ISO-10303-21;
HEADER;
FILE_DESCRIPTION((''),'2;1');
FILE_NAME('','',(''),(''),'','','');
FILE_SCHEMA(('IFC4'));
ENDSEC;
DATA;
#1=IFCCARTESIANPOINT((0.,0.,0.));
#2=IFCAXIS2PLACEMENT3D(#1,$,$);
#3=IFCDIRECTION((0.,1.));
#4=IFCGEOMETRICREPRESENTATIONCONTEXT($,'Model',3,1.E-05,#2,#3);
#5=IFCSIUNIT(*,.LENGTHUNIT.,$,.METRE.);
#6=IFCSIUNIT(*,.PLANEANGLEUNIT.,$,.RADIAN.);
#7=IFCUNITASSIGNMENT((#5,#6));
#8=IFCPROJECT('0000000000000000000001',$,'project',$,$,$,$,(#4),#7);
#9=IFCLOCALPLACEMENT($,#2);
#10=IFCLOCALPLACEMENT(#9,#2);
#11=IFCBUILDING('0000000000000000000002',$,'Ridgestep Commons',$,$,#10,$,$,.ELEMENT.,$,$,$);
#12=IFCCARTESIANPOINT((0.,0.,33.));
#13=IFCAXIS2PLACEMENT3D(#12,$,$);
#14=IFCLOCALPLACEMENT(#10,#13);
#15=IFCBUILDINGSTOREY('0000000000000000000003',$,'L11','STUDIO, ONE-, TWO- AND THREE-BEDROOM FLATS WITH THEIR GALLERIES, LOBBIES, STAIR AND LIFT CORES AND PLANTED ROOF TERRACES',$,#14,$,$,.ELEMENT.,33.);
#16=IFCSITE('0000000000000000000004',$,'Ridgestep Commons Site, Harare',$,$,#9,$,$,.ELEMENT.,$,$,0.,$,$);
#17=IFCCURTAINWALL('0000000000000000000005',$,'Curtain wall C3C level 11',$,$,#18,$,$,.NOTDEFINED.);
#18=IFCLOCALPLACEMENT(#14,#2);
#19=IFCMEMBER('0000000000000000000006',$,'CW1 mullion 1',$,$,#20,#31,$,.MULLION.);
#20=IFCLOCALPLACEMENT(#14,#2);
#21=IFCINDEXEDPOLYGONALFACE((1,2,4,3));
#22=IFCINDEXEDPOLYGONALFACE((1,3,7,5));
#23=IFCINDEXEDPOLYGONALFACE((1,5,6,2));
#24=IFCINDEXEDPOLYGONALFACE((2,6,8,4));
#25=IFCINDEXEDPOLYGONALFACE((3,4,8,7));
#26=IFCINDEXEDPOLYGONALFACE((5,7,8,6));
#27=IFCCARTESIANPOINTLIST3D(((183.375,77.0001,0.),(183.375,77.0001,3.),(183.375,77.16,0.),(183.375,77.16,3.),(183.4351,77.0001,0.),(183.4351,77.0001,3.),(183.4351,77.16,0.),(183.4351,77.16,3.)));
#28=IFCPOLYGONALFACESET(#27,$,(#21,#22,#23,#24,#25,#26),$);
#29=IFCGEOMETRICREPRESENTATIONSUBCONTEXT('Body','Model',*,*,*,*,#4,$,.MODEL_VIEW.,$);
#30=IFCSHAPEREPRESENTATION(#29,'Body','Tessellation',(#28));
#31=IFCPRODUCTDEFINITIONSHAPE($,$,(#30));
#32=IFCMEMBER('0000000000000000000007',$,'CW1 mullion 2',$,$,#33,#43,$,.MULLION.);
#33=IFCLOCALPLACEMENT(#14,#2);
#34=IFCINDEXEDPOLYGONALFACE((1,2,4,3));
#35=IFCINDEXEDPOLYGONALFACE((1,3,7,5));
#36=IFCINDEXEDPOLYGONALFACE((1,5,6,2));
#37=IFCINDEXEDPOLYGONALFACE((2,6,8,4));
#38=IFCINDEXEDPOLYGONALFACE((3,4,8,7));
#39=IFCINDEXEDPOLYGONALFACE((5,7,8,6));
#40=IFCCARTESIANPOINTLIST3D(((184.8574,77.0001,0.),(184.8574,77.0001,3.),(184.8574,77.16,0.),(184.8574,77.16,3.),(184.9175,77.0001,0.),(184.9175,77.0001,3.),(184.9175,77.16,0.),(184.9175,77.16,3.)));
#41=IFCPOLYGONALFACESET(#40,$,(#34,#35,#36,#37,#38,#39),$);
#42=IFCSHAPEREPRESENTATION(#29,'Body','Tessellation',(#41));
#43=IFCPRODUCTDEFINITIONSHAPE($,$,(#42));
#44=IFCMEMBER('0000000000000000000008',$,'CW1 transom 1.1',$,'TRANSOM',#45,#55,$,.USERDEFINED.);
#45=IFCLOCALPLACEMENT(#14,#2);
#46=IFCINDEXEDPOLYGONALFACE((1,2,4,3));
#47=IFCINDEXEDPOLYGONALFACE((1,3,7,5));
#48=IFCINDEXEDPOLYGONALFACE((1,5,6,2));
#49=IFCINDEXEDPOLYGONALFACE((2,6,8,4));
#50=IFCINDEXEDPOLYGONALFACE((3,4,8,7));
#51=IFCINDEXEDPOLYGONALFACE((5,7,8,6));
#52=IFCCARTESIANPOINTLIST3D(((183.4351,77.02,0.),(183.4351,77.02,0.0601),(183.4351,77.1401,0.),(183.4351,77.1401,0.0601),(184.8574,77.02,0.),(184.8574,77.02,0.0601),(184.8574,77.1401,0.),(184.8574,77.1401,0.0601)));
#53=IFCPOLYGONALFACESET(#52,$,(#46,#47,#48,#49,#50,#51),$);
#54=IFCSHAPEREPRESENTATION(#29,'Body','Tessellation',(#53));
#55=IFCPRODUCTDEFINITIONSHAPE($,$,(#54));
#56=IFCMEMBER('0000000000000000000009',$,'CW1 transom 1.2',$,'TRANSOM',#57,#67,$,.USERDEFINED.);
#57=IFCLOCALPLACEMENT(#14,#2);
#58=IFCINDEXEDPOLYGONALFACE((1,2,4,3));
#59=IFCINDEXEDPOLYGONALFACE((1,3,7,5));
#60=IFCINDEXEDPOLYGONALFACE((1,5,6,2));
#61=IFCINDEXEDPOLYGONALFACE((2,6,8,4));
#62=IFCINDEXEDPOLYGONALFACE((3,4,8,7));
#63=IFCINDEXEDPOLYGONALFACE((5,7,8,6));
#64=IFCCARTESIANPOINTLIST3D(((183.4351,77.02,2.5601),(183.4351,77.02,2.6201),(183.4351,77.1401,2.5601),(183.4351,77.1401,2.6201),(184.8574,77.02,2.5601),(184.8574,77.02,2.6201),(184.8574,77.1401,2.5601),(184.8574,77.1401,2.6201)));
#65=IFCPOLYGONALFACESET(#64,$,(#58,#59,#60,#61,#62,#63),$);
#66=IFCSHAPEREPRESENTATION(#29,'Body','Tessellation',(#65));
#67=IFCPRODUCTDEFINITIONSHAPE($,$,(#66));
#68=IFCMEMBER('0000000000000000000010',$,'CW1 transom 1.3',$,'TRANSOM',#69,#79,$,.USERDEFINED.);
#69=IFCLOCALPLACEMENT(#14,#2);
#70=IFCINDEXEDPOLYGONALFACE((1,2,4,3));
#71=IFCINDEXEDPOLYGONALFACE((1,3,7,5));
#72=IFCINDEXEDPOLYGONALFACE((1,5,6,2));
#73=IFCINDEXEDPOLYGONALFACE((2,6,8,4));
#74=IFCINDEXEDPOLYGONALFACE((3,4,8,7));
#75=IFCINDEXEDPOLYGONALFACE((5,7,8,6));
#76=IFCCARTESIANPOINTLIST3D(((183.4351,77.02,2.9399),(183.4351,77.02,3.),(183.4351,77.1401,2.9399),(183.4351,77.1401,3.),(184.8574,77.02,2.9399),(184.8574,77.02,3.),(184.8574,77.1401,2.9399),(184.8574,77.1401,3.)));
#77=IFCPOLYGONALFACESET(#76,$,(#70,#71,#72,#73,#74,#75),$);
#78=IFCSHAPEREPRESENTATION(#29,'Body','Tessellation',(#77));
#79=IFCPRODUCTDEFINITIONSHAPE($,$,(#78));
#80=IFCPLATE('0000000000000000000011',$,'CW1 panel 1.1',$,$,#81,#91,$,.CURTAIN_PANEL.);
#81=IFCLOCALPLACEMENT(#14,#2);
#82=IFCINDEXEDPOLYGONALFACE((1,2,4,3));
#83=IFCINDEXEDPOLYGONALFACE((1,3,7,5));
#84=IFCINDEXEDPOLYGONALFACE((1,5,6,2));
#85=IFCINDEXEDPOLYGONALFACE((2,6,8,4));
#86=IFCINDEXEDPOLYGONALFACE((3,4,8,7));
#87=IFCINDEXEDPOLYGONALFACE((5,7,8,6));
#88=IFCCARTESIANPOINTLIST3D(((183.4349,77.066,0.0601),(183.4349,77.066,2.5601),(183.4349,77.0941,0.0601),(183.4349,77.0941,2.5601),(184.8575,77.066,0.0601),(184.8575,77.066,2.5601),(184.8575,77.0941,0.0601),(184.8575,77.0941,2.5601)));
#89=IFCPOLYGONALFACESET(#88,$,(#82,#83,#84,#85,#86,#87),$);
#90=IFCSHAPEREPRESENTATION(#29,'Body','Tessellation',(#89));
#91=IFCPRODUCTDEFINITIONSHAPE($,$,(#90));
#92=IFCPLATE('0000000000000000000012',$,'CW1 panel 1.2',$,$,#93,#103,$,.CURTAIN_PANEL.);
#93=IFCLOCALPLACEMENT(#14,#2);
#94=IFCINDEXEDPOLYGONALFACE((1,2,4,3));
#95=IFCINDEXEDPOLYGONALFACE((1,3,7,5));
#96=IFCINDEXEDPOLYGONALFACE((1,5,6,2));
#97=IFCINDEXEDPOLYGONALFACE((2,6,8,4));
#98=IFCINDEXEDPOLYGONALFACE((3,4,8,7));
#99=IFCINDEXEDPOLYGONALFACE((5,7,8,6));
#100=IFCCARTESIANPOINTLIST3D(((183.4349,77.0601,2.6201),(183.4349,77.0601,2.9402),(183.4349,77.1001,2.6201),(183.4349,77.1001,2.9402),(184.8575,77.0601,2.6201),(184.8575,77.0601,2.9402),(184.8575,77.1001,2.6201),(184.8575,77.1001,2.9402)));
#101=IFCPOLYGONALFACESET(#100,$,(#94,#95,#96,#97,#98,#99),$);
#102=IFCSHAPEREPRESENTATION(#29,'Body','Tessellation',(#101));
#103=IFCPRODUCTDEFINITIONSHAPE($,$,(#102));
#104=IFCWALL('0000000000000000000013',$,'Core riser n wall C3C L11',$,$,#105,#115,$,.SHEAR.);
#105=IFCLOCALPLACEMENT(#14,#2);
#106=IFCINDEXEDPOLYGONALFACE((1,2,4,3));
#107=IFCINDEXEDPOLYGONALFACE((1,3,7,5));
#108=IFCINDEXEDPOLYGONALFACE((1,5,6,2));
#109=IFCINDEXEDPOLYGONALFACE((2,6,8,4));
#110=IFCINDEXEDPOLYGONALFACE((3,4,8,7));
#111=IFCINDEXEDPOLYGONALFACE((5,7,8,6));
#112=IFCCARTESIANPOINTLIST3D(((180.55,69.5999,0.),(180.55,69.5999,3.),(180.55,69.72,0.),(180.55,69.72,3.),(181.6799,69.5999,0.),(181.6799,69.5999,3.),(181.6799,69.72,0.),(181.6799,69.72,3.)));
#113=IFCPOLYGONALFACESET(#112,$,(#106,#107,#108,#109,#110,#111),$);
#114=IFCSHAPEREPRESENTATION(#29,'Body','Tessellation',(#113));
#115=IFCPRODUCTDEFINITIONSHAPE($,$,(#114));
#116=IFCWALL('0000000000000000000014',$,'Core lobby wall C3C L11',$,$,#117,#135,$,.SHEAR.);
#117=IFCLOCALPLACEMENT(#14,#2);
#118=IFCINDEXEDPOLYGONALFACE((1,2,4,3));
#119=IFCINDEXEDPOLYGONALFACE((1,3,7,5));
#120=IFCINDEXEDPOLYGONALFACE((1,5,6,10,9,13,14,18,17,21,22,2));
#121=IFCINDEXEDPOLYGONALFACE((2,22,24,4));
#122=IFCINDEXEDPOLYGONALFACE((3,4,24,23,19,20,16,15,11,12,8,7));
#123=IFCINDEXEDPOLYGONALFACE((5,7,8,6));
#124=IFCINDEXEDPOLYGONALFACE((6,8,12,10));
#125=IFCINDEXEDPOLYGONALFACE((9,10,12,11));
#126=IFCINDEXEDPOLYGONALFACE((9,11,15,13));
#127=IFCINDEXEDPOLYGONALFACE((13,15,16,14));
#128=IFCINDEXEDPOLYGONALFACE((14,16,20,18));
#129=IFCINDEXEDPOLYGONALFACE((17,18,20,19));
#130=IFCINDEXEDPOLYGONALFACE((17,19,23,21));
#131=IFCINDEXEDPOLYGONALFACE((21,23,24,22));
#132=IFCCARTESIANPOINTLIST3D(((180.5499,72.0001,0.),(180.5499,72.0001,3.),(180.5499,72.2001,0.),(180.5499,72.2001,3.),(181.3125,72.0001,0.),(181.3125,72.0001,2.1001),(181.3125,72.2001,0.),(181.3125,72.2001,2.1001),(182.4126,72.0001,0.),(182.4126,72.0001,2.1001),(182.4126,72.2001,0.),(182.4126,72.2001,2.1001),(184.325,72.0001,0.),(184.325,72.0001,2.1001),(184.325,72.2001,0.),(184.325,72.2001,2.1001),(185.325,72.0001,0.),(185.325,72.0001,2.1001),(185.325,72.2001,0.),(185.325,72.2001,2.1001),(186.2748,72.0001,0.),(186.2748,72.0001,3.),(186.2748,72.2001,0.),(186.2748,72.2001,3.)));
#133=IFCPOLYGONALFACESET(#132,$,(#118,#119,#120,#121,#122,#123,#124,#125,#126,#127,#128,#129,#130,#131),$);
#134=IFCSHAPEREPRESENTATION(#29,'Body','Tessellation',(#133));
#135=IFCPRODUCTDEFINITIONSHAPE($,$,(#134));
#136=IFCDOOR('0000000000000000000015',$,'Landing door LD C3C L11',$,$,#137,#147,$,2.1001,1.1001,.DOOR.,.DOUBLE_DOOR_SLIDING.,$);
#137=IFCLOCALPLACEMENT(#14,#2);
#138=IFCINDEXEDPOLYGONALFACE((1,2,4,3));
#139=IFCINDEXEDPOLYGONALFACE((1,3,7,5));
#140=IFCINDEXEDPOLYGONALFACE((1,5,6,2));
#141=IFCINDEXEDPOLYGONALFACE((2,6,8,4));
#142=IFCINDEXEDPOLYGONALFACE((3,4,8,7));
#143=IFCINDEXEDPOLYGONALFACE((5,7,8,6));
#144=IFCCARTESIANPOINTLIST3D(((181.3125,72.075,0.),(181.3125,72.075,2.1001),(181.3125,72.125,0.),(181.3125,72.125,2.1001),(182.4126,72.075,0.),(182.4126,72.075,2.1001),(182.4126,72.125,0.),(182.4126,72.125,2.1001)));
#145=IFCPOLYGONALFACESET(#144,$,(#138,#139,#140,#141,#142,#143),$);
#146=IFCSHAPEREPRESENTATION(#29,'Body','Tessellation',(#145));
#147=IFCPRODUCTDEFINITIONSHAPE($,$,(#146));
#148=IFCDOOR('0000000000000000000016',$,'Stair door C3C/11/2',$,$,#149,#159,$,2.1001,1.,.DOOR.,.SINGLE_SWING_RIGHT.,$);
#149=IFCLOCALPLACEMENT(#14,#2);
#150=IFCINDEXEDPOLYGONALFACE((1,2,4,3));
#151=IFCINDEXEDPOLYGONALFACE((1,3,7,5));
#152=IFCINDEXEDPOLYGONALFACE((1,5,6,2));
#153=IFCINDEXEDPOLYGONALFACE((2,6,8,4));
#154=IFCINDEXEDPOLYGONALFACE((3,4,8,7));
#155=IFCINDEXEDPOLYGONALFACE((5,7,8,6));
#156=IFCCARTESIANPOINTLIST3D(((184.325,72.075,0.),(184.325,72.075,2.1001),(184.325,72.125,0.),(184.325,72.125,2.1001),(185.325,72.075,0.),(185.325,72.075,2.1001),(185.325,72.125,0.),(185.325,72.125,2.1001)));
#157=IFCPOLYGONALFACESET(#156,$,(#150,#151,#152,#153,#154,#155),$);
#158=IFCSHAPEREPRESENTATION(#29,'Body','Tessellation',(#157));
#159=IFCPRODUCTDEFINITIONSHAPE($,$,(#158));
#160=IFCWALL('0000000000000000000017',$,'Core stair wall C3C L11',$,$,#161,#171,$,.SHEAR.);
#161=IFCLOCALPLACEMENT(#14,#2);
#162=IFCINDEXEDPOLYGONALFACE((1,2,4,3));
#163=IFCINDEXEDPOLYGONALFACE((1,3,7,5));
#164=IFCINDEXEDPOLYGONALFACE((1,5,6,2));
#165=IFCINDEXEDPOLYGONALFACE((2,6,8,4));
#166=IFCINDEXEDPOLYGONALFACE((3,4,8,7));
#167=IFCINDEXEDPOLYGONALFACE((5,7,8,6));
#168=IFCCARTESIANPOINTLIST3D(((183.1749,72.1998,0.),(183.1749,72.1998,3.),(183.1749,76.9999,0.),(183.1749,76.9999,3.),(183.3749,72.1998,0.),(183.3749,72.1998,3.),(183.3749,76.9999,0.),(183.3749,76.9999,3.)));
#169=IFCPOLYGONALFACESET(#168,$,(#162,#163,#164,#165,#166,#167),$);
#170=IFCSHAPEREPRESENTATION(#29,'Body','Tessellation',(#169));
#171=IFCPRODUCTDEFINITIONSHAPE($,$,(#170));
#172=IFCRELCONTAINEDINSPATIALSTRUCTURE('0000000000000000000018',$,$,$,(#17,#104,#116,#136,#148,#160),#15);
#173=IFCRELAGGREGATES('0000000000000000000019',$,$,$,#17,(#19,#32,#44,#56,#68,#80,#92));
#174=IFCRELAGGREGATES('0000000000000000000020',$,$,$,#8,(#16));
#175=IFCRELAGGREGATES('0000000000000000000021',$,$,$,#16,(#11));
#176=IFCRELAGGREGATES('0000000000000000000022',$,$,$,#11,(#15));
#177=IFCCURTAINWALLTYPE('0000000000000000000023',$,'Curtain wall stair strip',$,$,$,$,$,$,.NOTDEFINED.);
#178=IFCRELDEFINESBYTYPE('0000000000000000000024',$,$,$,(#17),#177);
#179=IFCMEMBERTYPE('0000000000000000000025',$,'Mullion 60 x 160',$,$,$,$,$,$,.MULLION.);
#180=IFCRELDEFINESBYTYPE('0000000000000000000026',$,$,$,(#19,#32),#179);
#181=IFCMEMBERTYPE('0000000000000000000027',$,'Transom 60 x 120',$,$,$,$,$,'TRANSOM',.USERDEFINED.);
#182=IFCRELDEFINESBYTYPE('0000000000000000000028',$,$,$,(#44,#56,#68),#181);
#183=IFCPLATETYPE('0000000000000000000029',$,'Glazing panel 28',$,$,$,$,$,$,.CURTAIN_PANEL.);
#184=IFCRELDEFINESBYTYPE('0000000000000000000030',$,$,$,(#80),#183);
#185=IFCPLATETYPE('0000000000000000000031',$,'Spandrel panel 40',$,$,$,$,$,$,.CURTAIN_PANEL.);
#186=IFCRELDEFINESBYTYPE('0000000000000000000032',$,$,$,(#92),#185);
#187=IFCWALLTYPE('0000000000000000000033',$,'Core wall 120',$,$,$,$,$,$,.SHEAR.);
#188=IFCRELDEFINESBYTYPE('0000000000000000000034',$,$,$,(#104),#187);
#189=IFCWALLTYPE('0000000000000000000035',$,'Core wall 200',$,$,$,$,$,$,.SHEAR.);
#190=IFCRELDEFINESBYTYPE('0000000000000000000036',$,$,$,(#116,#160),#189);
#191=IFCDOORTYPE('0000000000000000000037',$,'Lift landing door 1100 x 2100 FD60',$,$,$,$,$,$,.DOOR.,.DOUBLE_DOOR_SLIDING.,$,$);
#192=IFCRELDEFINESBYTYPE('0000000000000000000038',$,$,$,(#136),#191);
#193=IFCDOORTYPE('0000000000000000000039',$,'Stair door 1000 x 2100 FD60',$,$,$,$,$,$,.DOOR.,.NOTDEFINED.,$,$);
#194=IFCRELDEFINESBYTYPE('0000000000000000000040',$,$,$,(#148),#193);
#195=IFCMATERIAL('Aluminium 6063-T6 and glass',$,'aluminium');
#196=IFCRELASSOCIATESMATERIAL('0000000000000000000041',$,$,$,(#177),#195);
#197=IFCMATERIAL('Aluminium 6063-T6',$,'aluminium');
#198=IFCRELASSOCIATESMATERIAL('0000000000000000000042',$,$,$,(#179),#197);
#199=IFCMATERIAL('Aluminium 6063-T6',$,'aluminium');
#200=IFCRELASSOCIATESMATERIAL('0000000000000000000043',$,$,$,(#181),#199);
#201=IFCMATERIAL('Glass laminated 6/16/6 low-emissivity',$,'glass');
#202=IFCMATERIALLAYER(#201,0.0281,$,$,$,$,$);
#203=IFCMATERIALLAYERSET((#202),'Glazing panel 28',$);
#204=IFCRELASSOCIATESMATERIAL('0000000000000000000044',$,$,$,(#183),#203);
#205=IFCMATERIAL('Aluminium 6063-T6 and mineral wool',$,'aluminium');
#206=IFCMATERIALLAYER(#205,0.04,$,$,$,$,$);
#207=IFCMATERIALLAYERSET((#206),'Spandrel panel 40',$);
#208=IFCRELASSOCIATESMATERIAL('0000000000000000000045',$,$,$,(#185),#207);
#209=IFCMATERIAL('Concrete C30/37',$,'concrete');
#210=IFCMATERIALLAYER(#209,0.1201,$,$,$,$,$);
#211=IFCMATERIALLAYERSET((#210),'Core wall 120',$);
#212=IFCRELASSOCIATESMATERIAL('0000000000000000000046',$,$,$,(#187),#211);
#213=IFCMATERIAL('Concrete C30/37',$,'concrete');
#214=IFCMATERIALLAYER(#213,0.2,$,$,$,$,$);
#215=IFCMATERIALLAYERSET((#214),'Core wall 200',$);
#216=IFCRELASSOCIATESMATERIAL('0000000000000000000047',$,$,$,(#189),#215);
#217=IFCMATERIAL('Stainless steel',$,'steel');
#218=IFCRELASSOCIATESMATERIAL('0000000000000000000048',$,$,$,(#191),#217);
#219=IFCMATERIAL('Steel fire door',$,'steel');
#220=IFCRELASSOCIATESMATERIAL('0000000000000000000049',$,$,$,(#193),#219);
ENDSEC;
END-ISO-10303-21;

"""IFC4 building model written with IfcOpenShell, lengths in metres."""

from ifc_helpers import new_model, si_unit, direction, frame, frame_2d, origin, origin_2d, place, context, subcontext, project, spatial, rectangle, extrude, material, layer, layer_set, material_profile, profile_set, type_object, element, fill, aggregate, save


model = new_model("IFC4")

# Units and contexts
model_context = context("Model", 3, precision=1e-05, world=origin(), true_north=direction((0.0, 1.0)))
body_context = subcontext(model_context, "Body", "Model", "MODEL_VIEW")
ifc_project = project(units=[si_unit("LENGTHUNIT", "METRE"), si_unit("PLANEANGLEUNIT", "RADIAN")], contexts=[model_context])

# Site, building, storey
site_placement = place(None, origin())
site = spatial("IfcSite", under=ifc_project, at=site_placement, Name="Ridgestep Commons Site, Harare", CompositionType="ELEMENT", RefElevation=0.0)
building_placement = place(site_placement, origin())
building = spatial("IfcBuilding", under=site, at=building_placement, Name="Ridgestep Commons", CompositionType="ELEMENT")
storey_placement = place(building_placement, frame((0.0, 0.0, 33.0)))
storey = spatial("IfcBuildingStorey", under=building, at=storey_placement, Name="L11", Description="STUDIO, ONE-, TWO- AND THREE-BEDROOM FLATS WITH THEIR GALLERIES, LOBBIES, STAIR AND LIFT CORES AND PLANTED ROOF TERRACES", CompositionType="ELEMENT", Elevation=33.0)

# Curtain wall, members, plates
ifc_material_1 = material(Name="Aluminium 6063-T6 and glass", Category="aluminium")
curtain_wall_type = type_object("IfcCurtainWallType", Name="Curtain wall stair strip", PredefinedType="NOTDEFINED", material=ifc_material_1)
curtain_wall_placement = place(storey_placement, origin())
curtain_wall = element("IfcCurtainWall", 1, at=curtain_wall_placement, inside=storey, type_object=curtain_wall_type, Name="Curtain wall C3C level 11", PredefinedType="NOTDEFINED")
ifc_material_2 = material(Name="Aluminium 6063-T6", Category="aluminium")
ifc_material_profile_1 = material_profile(ifc_material_2, rectangle(XDim=0.1599, YDim=0.0601, at=origin_2d()), Name="Mullion 60 x 160")
ifc_profile_set_1 = profile_set([ifc_material_profile_1], Name="Aluminium 6063-T6")
member_type_1 = type_object("IfcMemberType", Name="Mullion 60 x 160", PredefinedType="MULLION", material=ifc_profile_set_1)
member_1_placement = place(storey_placement, frame((183.405, 77.0801, 0.0), z_axis=(0.0, 0.0, 1.0), x_axis=(0.0, 1.0, 0.0)))
member_1 = element("IfcMember", 2, at=member_1_placement, type_object=member_type_1, Name="CW1 mullion 1", PredefinedType="MULLION", context=body_context, shape_type="SweptSolid", body=[
    extrude(rectangle(XDim=0.1599, YDim=0.0601, at=origin_2d()), origin(), (0.0, 0.0, 1.0), 3.0),
])
member_2_placement = place(storey_placement, frame((184.8875, 77.0801, 0.0), z_axis=(0.0, 0.0, 1.0), x_axis=(0.0, 1.0, 0.0)))
member_2 = element("IfcMember", 3, at=member_2_placement, type_object=member_type_1, Name="CW1 mullion 2", PredefinedType="MULLION", context=body_context, shape_type="SweptSolid", body=[
    extrude(rectangle(XDim=0.1599, YDim=0.0601, at=origin_2d()), origin(), (0.0, 0.0, 1.0), 3.0),
])
ifc_material_3 = material(Name="Aluminium 6063-T6", Category="aluminium")
ifc_material_profile_2 = material_profile(ifc_material_3, rectangle(XDim=0.1201, YDim=0.0601, at=origin_2d()), Name="Transom 60 x 120")
ifc_profile_set_2 = profile_set([ifc_material_profile_2], Name="Aluminium 6063-T6")
member_type_2 = type_object("IfcMemberType", Name="Transom 60 x 120", ElementType="TRANSOM", PredefinedType="USERDEFINED", material=ifc_profile_set_2)
member_3_placement = place(storey_placement, frame((183.4351, 77.0801, 0.03), z_axis=(1.0, 0.0, 0.0), x_axis=(0.0, 1.0, 0.0)))
member_3 = element("IfcMember", 4, at=member_3_placement, type_object=member_type_2, Name="CW1 transom 1.1", ObjectType="TRANSOM", PredefinedType="USERDEFINED", context=body_context, shape_type="SweptSolid", body=[
    extrude(rectangle(XDim=0.1201, YDim=0.0601, at=origin_2d()), origin(), (0.0, 0.0, 1.0), 1.4224),
])
member_4_placement = place(storey_placement, frame((183.4351, 77.0801, 2.5901), z_axis=(1.0, 0.0, 0.0), x_axis=(0.0, 1.0, 0.0)))
member_4 = element("IfcMember", 5, at=member_4_placement, type_object=member_type_2, Name="CW1 transom 1.2", ObjectType="TRANSOM", PredefinedType="USERDEFINED", context=body_context, shape_type="SweptSolid", body=[
    extrude(rectangle(XDim=0.1201, YDim=0.0601, at=origin_2d()), origin(), (0.0, 0.0, 1.0), 1.4224),
])
member_5_placement = place(storey_placement, frame((183.4351, 77.0801, 2.97), z_axis=(1.0, 0.0, 0.0), x_axis=(0.0, 1.0, 0.0)))
member_5 = element("IfcMember", 6, at=member_5_placement, type_object=member_type_2, Name="CW1 transom 1.3", ObjectType="TRANSOM", PredefinedType="USERDEFINED", context=body_context, shape_type="SweptSolid", body=[
    extrude(rectangle(XDim=0.1201, YDim=0.0601, at=origin_2d()), origin(), (0.0, 0.0, 1.0), 1.4224),
])
ifc_material_4 = material(Name="Glass laminated 6/16/6 low-emissivity", Category="glass")
ifc_layer_1 = layer(ifc_material_4, 0.0281)
ifc_layer_set_1 = layer_set([ifc_layer_1], Name="Glazing panel 28")
plate_type_1 = type_object("IfcPlateType", Name="Glazing panel 28", PredefinedType="CURTAIN_PANEL", material=ifc_layer_set_1)
plate_1_placement = place(storey_placement, frame((184.1462, 77.0801, 0.0601), z_axis=(0.0, 0.0, 1.0), x_axis=(1.0, 0.0, 0.0)))
plate_1 = element("IfcPlate", 7, at=plate_1_placement, type_object=plate_type_1, Name="CW1 panel 1.1", PredefinedType="CURTAIN_PANEL", context=body_context, shape_type="SweptSolid", body=[
    extrude(rectangle(XDim=1.4226, YDim=0.0281, at=origin_2d()), origin(), (0.0, 0.0, 1.0), 2.5),
])
ifc_material_5 = material(Name="Aluminium 6063-T6 and mineral wool", Category="aluminium")
ifc_layer_2 = layer(ifc_material_5, 0.04)
ifc_layer_set_2 = layer_set([ifc_layer_2], Name="Spandrel panel 40")
plate_type_2 = type_object("IfcPlateType", Name="Spandrel panel 40", PredefinedType="CURTAIN_PANEL", material=ifc_layer_set_2)
plate_2_placement = place(storey_placement, frame((184.1462, 77.0801, 2.6201), z_axis=(0.0, 0.0, 1.0), x_axis=(1.0, 0.0, 0.0)))
plate_2 = element("IfcPlate", 8, at=plate_2_placement, type_object=plate_type_2, Name="CW1 panel 1.2", PredefinedType="CURTAIN_PANEL", context=body_context, shape_type="SweptSolid", body=[
    extrude(rectangle(XDim=1.4226, YDim=0.04, at=origin_2d()), origin(), (0.0, 0.0, 1.0), 0.3201),
])
aggregate(curtain_wall, [member_1, member_2, member_3, member_4, member_5, plate_1, plate_2])

# Wall
ifc_material_6 = material(Name="Concrete C30/37", Category="concrete")
ifc_layer_3 = layer(ifc_material_6, 0.1201)
ifc_layer_set_3 = layer_set([ifc_layer_3], Name="Core wall 120")
wall_type_1 = type_object("IfcWallType", Name="Core wall 120", PredefinedType="SHEAR", material=ifc_layer_set_3)
wall_1_placement = place(storey_placement, frame((180.55, 69.6599, 0.0), z_axis=(0.0, 0.0, 1.0), x_axis=(1.0, 0.0, 0.0)))
element("IfcWall", 9, at=wall_1_placement, inside=storey, type_object=wall_type_1, Name="Core riser n wall C3C L11", PredefinedType="SHEAR", context=body_context, shape_type="SweptSolid", body=[
    extrude(rectangle(XDim=1.1299, YDim=0.1201, at=frame_2d((0.5649, 0.0))), origin(), (0.0, 0.0, 1.0), 3.0),
])

# Wall, openings, doors
ifc_material_7 = material(Name="Concrete C30/37", Category="concrete")
ifc_layer_4 = layer(ifc_material_7, 0.2)
ifc_layer_set_4 = layer_set([ifc_layer_4], Name="Core wall 200")
wall_type_2 = type_object("IfcWallType", Name="Core wall 200", PredefinedType="SHEAR", material=ifc_layer_set_4)
wall_2_placement = place(storey_placement, frame((180.55, 72.1001, 0.0), z_axis=(0.0, 0.0, 1.0), x_axis=(1.0, 0.0, 0.0)))
wall_2 = element("IfcWall", 10, at=wall_2_placement, inside=storey, type_object=wall_type_2, Name="Core lobby wall C3C L11", PredefinedType="SHEAR", context=body_context, shape_type="SweptSolid", body=[
    extrude(rectangle(XDim=5.7249, YDim=0.2, at=frame_2d((2.8623, 0.0))), origin(), (0.0, 0.0, 1.0), 3.0),
])
opening_1_placement = place(wall_2_placement, frame((3.7749, 0.0, 0.0)))
opening_1 = element("IfcOpeningElement", 11, at=opening_1_placement, cuts=wall_2, PredefinedType="OPENING", context=body_context, shape_type="SweptSolid", body=[
    extrude(rectangle(XDim=1.0, YDim=2.1001, at=frame_2d((0.5, 1.05))), frame((0.0, 0.1099, 0.0), z_axis=(0.0, -1.0, 0.0), x_axis=(1.0, 0.0, 0.0)), (0.0, 0.0, 1.0), 0.22),
])
opening_2_placement = place(wall_2_placement, frame((0.7625, 0.0, 0.0)))
opening_2 = element("IfcOpeningElement", 12, at=opening_2_placement, cuts=wall_2, PredefinedType="OPENING", context=body_context, shape_type="SweptSolid", body=[
    extrude(rectangle(XDim=1.1001, YDim=2.1001, at=frame_2d((0.55, 1.05))), frame((0.0, 0.1099, 0.0), z_axis=(0.0, -1.0, 0.0), x_axis=(1.0, 0.0, 0.0)), (0.0, 0.0, 1.0), 0.22),
])
ifc_material_8 = material(Name="Stainless steel", Category="steel")
door_type_1 = type_object("IfcDoorType", Name="Lift landing door 1100 x 2100 FD60", OperationType="DOUBLE_DOOR_SLIDING", PredefinedType="DOOR", material=ifc_material_8)
door_1_placement = place(opening_2_placement, origin())
door_1 = element("IfcDoor", 13, at=door_1_placement, inside=storey, type_object=door_type_1, Name="Landing door LD C3C L11", OperationType="DOUBLE_DOOR_SLIDING", OverallHeight=2.1001, OverallWidth=1.1001, PredefinedType="DOOR", context=body_context, shape_type="SweptSolid", body=[
    extrude(rectangle(XDim=1.1001, YDim=2.1001, at=frame_2d((0.55, 1.05))), frame((0.0, 0.0249, 0.0), z_axis=(0.0, -1.0, 0.0), x_axis=(1.0, 0.0, 0.0)), (0.0, 0.0, 1.0), 0.05),
])
fill(opening_2, door_1)
ifc_material_9 = material(Name="Steel fire door", Category="steel")
door_type_2 = type_object("IfcDoorType", Name="Stair door 1000 x 2100 FD60", OperationType="NOTDEFINED", PredefinedType="DOOR", material=ifc_material_9)
door_2_placement = place(opening_1_placement, origin())
door_2 = element("IfcDoor", 14, at=door_2_placement, inside=storey, type_object=door_type_2, Name="Stair door C3C/11/2", OperationType="SINGLE_SWING_RIGHT", OverallHeight=2.1001, OverallWidth=1.0, PredefinedType="DOOR", context=body_context, shape_type="SweptSolid", body=[
    extrude(rectangle(XDim=1.0, YDim=2.1001, at=frame_2d((0.5, 1.05))), frame((0.0, 0.0249, 0.0), z_axis=(0.0, -1.0, 0.0), x_axis=(1.0, 0.0, 0.0)), (0.0, 0.0, 1.0), 0.05),
])
fill(opening_1, door_2)

# Wall
wall_3_placement = place(storey_placement, frame((183.2749, 72.2, 0.0), z_axis=(0.0, 0.0, 1.0), x_axis=(0.0, 1.0, 0.0)))
element("IfcWall", 15, at=wall_3_placement, inside=storey, type_object=wall_type_2, Name="Core stair wall C3C L11", PredefinedType="SHEAR", context=body_context, shape_type="SweptSolid", body=[
    extrude(rectangle(XDim=4.8, YDim=0.2, at=frame_2d((2.3999, 0.0))), origin(), (0.0, 0.0, 1.0), 3.0),
])

save(model, "model.ifc")
